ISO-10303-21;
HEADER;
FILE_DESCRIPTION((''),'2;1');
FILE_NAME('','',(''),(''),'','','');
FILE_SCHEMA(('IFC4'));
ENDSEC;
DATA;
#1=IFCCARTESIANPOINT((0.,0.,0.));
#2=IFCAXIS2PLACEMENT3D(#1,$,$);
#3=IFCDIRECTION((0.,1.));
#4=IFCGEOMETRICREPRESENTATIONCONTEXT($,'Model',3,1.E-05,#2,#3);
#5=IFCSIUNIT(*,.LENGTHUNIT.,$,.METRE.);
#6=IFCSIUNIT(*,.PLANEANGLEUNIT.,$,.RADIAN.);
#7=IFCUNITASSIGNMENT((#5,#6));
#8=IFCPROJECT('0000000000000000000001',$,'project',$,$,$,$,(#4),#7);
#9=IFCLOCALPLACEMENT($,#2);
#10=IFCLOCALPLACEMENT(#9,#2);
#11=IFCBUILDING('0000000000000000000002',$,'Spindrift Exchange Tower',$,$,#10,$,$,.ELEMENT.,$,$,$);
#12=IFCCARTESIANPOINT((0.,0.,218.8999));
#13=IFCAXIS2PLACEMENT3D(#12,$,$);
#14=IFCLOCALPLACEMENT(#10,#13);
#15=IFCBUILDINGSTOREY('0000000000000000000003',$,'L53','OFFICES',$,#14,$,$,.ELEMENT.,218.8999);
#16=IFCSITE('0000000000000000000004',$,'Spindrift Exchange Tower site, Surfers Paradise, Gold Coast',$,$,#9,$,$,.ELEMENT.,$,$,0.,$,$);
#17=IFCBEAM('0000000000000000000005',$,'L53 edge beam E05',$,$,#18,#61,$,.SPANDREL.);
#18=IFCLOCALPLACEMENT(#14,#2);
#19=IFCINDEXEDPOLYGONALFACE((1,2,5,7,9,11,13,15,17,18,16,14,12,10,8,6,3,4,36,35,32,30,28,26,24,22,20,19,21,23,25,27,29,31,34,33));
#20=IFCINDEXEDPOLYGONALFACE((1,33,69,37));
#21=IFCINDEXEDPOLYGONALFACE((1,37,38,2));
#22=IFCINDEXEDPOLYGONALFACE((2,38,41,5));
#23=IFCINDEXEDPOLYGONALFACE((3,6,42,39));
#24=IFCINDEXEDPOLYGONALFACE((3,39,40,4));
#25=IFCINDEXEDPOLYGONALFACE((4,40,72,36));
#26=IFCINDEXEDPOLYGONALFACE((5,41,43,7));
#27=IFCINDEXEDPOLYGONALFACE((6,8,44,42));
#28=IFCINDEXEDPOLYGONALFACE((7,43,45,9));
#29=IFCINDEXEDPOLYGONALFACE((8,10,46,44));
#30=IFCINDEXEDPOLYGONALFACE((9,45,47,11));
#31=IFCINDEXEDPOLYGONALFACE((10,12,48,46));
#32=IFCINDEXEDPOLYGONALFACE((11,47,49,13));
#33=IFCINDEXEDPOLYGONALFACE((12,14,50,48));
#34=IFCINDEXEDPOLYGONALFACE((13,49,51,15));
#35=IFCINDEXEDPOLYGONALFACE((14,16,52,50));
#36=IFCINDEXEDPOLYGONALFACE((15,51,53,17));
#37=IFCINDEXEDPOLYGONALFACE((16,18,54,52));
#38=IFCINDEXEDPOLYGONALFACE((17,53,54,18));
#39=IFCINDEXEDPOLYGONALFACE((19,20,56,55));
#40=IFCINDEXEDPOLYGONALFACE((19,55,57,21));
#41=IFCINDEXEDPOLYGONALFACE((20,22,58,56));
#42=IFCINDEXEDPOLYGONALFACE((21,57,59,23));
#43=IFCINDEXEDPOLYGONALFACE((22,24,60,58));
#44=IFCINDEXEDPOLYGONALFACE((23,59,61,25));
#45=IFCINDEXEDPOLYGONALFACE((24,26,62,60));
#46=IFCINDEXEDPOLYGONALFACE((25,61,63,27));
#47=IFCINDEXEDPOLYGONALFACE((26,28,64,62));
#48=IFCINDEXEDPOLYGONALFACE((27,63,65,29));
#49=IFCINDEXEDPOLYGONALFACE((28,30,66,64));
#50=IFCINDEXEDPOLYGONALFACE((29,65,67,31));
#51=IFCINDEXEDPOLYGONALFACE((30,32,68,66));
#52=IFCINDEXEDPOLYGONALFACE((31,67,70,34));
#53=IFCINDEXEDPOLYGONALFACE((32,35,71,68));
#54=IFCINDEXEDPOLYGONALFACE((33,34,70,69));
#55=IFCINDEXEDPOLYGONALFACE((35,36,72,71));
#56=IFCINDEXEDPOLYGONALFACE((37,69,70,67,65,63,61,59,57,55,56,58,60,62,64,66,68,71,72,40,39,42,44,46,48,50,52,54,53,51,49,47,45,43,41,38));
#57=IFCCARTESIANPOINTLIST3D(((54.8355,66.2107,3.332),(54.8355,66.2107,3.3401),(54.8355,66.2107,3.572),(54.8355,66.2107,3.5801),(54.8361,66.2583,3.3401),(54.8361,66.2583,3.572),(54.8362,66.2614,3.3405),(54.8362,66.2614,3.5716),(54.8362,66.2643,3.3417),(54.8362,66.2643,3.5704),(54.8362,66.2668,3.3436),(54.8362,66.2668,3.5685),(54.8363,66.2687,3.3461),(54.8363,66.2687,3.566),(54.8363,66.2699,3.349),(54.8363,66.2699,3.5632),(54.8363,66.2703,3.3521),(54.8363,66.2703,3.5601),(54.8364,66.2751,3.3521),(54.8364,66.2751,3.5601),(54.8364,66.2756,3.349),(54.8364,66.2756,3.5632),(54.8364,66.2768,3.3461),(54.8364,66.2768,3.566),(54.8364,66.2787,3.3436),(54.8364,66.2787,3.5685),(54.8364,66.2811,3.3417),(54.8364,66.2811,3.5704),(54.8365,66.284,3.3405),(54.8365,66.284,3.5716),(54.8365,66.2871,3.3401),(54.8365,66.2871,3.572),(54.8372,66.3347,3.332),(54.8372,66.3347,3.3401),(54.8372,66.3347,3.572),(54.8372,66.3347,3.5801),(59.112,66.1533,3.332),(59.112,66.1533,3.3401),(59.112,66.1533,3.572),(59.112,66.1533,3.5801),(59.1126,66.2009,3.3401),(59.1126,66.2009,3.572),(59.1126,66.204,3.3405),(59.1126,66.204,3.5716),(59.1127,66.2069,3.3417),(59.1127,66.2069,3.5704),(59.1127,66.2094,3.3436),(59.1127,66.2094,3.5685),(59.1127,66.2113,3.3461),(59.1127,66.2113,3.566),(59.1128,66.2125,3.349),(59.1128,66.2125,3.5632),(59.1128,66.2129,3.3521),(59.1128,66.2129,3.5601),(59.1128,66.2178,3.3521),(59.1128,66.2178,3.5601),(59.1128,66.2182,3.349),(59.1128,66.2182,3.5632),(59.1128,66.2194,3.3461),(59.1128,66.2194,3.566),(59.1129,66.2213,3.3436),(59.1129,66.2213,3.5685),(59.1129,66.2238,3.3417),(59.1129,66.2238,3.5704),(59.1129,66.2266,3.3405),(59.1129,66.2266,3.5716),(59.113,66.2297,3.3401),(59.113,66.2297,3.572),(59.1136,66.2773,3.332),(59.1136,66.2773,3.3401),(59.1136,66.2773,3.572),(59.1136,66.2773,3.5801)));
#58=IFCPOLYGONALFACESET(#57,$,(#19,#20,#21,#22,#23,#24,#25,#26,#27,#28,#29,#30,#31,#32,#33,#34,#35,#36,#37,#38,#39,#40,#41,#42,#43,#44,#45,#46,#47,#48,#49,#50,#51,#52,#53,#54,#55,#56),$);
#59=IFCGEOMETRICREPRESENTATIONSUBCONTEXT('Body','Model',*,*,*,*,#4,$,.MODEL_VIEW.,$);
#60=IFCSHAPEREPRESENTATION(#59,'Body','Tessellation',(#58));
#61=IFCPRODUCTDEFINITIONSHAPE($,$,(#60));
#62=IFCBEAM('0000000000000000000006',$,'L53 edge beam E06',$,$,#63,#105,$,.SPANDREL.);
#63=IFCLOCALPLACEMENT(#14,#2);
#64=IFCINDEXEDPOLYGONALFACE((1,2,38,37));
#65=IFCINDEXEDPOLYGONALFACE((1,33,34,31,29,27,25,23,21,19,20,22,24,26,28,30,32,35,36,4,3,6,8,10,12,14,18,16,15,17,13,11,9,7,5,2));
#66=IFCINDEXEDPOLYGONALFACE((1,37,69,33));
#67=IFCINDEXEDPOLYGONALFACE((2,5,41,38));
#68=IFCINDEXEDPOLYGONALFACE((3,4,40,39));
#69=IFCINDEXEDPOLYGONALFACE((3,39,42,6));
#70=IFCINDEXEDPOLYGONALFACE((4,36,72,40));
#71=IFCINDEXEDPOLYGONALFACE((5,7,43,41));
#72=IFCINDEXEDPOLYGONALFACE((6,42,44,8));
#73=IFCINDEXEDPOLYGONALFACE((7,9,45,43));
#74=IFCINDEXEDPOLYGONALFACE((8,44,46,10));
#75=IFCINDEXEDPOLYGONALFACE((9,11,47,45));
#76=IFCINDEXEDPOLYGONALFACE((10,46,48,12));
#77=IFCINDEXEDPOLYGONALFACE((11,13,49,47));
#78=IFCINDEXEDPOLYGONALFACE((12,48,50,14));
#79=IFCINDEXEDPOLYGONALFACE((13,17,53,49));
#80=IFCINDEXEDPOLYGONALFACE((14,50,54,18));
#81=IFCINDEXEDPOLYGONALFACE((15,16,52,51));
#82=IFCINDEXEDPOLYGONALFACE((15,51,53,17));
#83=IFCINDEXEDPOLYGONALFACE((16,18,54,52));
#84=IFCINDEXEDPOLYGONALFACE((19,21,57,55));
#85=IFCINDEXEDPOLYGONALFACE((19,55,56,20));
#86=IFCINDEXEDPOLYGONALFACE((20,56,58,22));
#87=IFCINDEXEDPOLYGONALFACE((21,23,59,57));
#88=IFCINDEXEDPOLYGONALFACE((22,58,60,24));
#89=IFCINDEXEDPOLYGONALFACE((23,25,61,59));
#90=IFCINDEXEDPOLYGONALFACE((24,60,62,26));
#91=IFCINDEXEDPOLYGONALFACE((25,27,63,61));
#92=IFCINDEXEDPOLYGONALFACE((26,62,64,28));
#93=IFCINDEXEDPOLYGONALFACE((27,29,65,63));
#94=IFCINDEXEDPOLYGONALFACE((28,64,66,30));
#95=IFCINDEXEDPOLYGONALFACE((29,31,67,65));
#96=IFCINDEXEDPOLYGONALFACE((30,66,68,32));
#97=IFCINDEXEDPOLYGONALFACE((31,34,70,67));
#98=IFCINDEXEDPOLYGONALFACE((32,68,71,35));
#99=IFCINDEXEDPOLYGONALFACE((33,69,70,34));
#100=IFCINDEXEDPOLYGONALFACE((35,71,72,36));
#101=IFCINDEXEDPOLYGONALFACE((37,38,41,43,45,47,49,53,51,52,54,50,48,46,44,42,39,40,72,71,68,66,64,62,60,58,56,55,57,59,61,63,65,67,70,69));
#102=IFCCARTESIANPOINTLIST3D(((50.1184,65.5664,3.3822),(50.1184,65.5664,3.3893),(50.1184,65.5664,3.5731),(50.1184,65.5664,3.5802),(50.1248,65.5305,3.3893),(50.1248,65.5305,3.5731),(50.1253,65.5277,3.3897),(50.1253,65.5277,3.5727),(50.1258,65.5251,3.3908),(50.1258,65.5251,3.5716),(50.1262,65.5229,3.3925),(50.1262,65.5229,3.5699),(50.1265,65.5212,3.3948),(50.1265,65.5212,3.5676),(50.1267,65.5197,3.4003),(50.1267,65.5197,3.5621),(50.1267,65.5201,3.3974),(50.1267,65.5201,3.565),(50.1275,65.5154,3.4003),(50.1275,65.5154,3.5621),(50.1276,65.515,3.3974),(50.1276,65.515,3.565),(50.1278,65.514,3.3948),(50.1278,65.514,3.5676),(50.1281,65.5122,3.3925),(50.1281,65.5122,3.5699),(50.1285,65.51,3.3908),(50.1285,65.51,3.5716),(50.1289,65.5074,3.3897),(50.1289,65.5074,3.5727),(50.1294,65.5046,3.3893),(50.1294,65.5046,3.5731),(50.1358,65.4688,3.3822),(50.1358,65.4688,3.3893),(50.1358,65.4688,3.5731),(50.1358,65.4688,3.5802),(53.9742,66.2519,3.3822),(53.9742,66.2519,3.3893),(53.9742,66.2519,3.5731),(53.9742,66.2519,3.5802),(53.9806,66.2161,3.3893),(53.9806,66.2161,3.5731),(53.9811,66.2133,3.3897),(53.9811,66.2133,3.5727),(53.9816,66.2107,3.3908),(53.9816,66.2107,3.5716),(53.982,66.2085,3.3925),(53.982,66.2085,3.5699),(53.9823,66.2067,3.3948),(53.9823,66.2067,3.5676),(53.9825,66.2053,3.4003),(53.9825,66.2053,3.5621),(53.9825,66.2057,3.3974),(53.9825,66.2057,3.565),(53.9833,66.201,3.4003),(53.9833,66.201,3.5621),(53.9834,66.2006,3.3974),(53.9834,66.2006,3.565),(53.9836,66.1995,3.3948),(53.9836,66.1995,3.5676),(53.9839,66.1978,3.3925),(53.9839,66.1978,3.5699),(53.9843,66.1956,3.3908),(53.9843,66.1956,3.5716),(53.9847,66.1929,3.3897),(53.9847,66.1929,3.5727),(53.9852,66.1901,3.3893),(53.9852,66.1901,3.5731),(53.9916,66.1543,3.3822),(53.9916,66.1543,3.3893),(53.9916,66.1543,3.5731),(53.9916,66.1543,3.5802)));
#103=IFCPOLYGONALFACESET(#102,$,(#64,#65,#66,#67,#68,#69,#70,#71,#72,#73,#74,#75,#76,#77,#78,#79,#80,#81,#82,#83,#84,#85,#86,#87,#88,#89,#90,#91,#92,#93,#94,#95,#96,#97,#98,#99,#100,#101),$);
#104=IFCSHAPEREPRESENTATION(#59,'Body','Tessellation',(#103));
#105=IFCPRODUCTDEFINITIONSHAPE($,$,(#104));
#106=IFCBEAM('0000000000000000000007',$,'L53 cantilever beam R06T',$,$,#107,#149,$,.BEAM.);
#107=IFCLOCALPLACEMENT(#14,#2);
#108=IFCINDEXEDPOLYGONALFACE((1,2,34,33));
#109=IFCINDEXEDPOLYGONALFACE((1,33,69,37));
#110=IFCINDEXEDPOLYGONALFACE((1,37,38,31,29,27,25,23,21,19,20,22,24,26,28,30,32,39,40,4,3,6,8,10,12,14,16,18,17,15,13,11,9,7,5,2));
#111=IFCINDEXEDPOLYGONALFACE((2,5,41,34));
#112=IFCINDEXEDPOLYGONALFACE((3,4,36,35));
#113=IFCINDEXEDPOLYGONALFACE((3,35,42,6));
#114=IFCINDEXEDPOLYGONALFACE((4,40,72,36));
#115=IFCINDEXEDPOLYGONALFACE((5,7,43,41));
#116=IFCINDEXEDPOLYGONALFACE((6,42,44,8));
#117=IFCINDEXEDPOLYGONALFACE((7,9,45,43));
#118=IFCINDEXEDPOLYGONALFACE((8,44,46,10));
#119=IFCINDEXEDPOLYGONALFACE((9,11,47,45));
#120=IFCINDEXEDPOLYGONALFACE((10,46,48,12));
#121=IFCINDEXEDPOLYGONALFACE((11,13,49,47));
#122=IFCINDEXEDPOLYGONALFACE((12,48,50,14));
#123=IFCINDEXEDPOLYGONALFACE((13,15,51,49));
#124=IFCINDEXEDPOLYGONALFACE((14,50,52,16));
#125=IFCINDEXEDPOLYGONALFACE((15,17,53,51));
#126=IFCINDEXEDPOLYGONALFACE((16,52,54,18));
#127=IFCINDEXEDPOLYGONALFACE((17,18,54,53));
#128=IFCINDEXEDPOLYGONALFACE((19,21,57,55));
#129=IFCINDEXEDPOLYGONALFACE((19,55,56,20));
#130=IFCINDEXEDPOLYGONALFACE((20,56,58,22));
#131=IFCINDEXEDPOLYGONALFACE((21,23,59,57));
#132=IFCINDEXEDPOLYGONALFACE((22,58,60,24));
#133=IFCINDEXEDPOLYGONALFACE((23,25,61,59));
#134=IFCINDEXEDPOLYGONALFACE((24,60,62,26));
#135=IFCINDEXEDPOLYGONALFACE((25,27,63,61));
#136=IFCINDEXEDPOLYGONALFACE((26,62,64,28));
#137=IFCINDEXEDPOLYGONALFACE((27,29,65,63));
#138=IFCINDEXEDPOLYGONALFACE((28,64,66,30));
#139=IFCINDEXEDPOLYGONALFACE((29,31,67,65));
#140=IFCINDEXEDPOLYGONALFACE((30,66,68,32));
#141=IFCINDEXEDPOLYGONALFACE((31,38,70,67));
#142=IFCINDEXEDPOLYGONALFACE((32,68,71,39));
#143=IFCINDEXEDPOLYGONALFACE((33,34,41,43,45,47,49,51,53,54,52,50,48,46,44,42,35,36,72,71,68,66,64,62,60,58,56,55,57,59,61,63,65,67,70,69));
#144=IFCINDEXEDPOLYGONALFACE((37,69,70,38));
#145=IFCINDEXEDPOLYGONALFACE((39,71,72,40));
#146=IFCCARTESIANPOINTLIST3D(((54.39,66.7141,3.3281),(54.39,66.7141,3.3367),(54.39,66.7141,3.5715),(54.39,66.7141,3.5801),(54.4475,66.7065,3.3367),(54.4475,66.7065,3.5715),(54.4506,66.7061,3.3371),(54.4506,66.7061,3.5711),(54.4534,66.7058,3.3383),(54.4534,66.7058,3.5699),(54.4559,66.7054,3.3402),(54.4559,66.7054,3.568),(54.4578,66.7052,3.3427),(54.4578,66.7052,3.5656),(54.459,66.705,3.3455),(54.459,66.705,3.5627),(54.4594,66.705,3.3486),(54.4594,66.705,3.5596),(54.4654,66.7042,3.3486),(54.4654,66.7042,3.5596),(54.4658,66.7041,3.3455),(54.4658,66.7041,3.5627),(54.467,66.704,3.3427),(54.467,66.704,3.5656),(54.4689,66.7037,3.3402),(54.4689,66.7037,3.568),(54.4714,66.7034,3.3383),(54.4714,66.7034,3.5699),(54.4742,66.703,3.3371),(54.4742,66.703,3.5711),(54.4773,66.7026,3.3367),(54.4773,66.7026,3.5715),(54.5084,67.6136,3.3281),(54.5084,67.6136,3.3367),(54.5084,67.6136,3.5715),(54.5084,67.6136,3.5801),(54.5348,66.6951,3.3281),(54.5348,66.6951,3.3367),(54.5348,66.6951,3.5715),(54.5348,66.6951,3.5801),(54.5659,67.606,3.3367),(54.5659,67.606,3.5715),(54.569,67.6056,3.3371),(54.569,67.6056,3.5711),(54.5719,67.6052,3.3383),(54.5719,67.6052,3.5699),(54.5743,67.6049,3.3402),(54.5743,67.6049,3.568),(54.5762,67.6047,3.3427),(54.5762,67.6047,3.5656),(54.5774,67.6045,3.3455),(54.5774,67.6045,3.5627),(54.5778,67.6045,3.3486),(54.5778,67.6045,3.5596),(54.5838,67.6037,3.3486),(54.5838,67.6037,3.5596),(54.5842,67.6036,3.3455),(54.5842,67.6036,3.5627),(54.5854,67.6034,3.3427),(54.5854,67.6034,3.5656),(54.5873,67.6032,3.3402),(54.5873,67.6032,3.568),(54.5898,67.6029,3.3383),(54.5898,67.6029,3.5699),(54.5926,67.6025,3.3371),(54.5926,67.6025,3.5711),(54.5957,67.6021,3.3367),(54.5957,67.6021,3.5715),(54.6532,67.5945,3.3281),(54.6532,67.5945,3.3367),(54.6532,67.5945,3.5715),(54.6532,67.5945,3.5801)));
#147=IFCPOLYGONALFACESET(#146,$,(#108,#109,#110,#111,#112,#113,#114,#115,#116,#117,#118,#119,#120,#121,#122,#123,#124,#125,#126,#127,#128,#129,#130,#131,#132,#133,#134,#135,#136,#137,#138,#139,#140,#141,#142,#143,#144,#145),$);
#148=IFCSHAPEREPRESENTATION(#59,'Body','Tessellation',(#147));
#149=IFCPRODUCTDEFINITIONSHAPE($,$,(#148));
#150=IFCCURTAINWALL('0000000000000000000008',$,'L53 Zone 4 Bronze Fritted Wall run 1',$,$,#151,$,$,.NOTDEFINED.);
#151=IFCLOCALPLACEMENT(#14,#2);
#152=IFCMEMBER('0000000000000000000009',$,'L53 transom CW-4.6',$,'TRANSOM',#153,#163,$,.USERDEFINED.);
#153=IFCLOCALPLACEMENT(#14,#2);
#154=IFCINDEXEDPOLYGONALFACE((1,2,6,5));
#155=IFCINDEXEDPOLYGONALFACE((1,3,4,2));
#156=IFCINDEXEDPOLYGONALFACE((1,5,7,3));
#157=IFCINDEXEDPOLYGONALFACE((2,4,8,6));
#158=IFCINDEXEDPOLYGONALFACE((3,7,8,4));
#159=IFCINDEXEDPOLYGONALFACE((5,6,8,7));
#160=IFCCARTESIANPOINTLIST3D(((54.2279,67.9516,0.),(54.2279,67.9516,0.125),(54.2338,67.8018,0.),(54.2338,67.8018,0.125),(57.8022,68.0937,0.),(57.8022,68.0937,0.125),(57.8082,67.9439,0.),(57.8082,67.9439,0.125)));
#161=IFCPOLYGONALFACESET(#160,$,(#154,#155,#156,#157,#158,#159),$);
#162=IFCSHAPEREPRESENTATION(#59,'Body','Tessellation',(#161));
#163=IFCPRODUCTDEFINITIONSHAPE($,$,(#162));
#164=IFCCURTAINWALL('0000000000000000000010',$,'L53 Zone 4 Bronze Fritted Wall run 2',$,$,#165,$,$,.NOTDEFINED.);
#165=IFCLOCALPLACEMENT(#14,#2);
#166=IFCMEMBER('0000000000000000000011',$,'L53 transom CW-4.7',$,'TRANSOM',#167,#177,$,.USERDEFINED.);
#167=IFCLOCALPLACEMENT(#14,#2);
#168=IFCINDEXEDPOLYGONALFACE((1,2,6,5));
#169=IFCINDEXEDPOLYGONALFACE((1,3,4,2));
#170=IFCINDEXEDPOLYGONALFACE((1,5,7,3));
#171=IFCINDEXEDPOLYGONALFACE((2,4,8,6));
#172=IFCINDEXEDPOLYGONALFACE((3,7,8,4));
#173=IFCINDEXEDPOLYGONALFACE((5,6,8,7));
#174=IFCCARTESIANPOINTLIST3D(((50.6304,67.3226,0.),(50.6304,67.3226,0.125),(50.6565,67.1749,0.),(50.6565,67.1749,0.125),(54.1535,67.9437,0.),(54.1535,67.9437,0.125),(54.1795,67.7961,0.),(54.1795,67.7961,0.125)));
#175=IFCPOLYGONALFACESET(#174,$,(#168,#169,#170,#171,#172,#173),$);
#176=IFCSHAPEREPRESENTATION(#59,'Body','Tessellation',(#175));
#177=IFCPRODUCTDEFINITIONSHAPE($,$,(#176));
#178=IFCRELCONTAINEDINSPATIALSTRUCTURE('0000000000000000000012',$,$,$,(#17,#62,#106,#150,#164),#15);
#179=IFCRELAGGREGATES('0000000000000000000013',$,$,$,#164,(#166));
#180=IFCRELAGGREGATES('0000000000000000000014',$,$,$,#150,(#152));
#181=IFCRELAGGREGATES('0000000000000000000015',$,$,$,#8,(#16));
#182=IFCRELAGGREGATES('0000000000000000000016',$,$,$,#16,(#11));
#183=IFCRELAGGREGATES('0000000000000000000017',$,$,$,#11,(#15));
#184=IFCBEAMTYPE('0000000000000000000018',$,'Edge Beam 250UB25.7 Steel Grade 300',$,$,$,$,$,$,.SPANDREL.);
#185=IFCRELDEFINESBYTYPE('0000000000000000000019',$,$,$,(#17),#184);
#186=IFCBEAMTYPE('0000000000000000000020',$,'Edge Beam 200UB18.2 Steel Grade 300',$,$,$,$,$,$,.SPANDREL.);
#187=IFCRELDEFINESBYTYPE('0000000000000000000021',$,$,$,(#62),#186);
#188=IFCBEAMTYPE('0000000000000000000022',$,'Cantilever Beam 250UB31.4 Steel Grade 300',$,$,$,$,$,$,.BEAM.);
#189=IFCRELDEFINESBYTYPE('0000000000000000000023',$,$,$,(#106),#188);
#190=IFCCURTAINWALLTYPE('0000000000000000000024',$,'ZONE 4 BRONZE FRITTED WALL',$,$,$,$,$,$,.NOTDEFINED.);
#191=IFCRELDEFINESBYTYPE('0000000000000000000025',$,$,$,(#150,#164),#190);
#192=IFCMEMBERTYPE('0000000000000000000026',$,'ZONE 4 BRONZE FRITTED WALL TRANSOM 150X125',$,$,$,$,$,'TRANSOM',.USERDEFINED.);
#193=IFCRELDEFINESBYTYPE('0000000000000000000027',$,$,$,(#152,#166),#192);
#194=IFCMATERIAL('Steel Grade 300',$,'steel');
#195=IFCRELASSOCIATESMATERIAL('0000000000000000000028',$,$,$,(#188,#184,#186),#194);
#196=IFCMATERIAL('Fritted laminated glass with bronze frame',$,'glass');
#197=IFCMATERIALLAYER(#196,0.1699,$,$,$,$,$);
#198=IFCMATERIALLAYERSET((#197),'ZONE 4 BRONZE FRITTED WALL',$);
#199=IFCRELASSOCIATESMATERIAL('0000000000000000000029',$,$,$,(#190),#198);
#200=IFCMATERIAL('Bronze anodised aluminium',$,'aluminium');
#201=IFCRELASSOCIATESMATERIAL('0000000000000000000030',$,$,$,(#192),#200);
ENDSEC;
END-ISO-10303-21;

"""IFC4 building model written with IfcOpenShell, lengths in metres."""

from ifc_helpers import new_model, si_unit, direction, frame, origin, origin_2d, place, context, subcontext, project, spatial, rectangle, i_section, extrude, source, transform, mapped, material, layer, layer_set, material_profile, profile_set, type_object, element, aggregate, save


model = new_model("IFC4")

# Units and contexts
model_context = context("Model", 3, precision=1e-05, world=origin(), true_north=direction((0.0, 1.0)))
body_context = subcontext(model_context, "Body", "Model", "MODEL_VIEW")
ifc_project = project(units=[si_unit("LENGTHUNIT", "METRE"), si_unit("PLANEANGLEUNIT", "RADIAN")], contexts=[model_context])

# Site, building, storey
site_placement = place(None, origin())
site = spatial("IfcSite", under=ifc_project, at=site_placement, Name="Spindrift Exchange Tower site, Surfers Paradise, Gold Coast", CompositionType="ELEMENT", RefElevation=0.0)
building_placement = place(site_placement, origin())
building = spatial("IfcBuilding", under=site, at=building_placement, Name="Spindrift Exchange Tower", CompositionType="ELEMENT")
storey_placement = place(building_placement, frame((0.0, 0.0, 218.8999)))
storey = spatial("IfcBuildingStorey", under=building, at=storey_placement, Name="L53", Description="OFFICES", CompositionType="ELEMENT", Elevation=218.8999)

# Beams
ifc_material_1 = material(Name="Steel Grade 300", Category="steel")
ifc_material_profile_1 = material_profile(ifc_material_1, i_section(OverallWidth=0.146, OverallDepth=0.252, WebThickness=0.0061, FlangeThickness=0.0085, FilletRadius=0.012, at=origin_2d()), Name="250UB31.4")
ifc_profile_set_1 = profile_set([ifc_material_profile_1], Name="Steel Grade 300")
beam_type_1 = type_object("IfcBeamType", Name="Cantilever Beam 250UB31.4 Steel Grade 300", PredefinedType="BEAM", material=ifc_profile_set_1)
ifc_material_profile_2 = material_profile(ifc_material_1, i_section(OverallWidth=0.124, OverallDepth=0.248, WebThickness=0.0049, FlangeThickness=0.0081, FilletRadius=0.012, at=origin_2d()), Name="250UB25.7")
ifc_profile_set_2 = profile_set([ifc_material_profile_2], Name="Steel Grade 300")
beam_type_2 = type_object("IfcBeamType", Name="Edge Beam 250UB25.7 Steel Grade 300", PredefinedType="SPANDREL", material=ifc_profile_set_2)
shared_shape_1 = source(origin(), body_context, "Body", "SweptSolid", [
    extrude(i_section(OverallWidth=0.124, OverallDepth=0.248, WebThickness=0.0049, FlangeThickness=0.0081, FilletRadius=0.012, at=origin_2d()), origin(), (0.0, 0.0, 1.0), 4.2769),
])
beam_1_placement = place(storey_placement, frame((59.1128, 66.2153, 3.4561), z_axis=(-0.99991, 0.013415, 0.0), x_axis=(-0.013415, -0.99991, 0.0)))
element("IfcBeam", 1, at=beam_1_placement, inside=storey, type_object=beam_type_2, Name="L53 edge beam E05", PredefinedType="SPANDREL", context=body_context, shape_type="MappedRepresentation", body=[
    mapped(shared_shape_1, transform((0.0, 0.0, 0.0), scale=1.0)),
])
ifc_material_profile_3 = material_profile(ifc_material_1, i_section(OverallWidth=0.0991, OverallDepth=0.198, WebThickness=0.0044, FlangeThickness=0.0071, FilletRadius=0.011, at=origin_2d()), Name="200UB18.2")
ifc_profile_set_3 = profile_set([ifc_material_profile_3], Name="Steel Grade 300")
beam_type_3 = type_object("IfcBeamType", Name="Edge Beam 200UB18.2 Steel Grade 300", PredefinedType="SPANDREL", material=ifc_profile_set_3)
shared_shape_2 = source(origin(), body_context, "Body", "SweptSolid", [
    extrude(i_section(OverallWidth=0.0991, OverallDepth=0.198, WebThickness=0.0044, FlangeThickness=0.0071, FilletRadius=0.011, at=origin_2d()), origin(), (0.0, 0.0, 1.0), 3.9163),
])
beam_2_placement = place(storey_placement, frame((53.9829, 66.2031, 3.4812), z_axis=(-0.984559, -0.175055, 0.0), x_axis=(0.175055, -0.984559, 0.0)))
element("IfcBeam", 2, at=beam_2_placement, inside=storey, type_object=beam_type_3, Name="L53 edge beam E06", PredefinedType="SPANDREL", context=body_context, shape_type="MappedRepresentation", body=[
    mapped(shared_shape_2, transform((0.0, 0.0, 0.0), scale=1.0)),
])
shared_shape_3 = source(origin(), body_context, "Body", "SweptSolid", [
    extrude(i_section(OverallWidth=0.146, OverallDepth=0.252, WebThickness=0.0061, FlangeThickness=0.0085, FilletRadius=0.012, at=origin_2d()), origin(), (0.0, 0.0, 1.0), 0.9072),
])
beam_3_placement = place(storey_placement, frame((54.4624, 66.7046, 3.4541), z_axis=(0.130524, 0.991445, 0.0), x_axis=(-0.991445, 0.130524, 0.0)))
element("IfcBeam", 3, at=beam_3_placement, inside=storey, type_object=beam_type_1, Name="L53 cantilever beam R06T", PredefinedType="BEAM", context=body_context, shape_type="MappedRepresentation", body=[
    mapped(shared_shape_3, transform((0.0, 0.0, 0.0), scale=1.0)),
])

# Curtain walls, members
ifc_material_2 = material(Name="Fritted laminated glass with bronze frame", Category="glass")
ifc_layer_1 = layer(ifc_material_2, 0.1699)
ifc_layer_set_1 = layer_set([ifc_layer_1], Name="ZONE 4 BRONZE FRITTED WALL")
curtain_wall_type = type_object("IfcCurtainWallType", Name="ZONE 4 BRONZE FRITTED WALL", PredefinedType="NOTDEFINED", material=ifc_layer_set_1)
curtain_wall_1_placement = place(storey_placement, origin())
curtain_wall_1 = element("IfcCurtainWall", 4, at=curtain_wall_1_placement, inside=storey, type_object=curtain_wall_type, Name="L53 Zone 4 Bronze Fritted Wall run 1", PredefinedType="NOTDEFINED")
ifc_material_3 = material(Name="Bronze anodised aluminium", Category="aluminium")
ifc_material_profile_4 = material_profile(ifc_material_3, rectangle(XDim=0.1499, YDim=0.125, at=origin_2d()), Name="ZONE 4 BRONZE FRITTED WALL TRANSOM 150X125")
ifc_profile_set_4 = profile_set([ifc_material_profile_4], Name="Bronze anodised aluminium")
member_type_1 = type_object("IfcMemberType", Name="ZONE 4 BRONZE FRITTED WALL TRANSOM 150X125", ElementType="TRANSOM", PredefinedType="USERDEFINED", material=ifc_profile_set_4)
shared_shape_4 = source(origin(), body_context, "Body", "SweptSolid", [
    extrude(rectangle(XDim=0.1499, YDim=0.125, at=origin_2d()), origin(), (0.0, 0.0, 1.0), 3.5771),
])
member_1_placement = place(storey_placement, frame((57.8052, 68.0188, 0.0625), z_axis=(-0.999211, -0.039723, 0.0), x_axis=(0.039723, -0.999211, 0.0)))
member_1 = element("IfcMember", 5, at=member_1_placement, type_object=member_type_1, Name="L53 transom CW-4.6", ObjectType="TRANSOM", PredefinedType="USERDEFINED", context=body_context, shape_type="MappedRepresentation", body=[
    mapped(shared_shape_4, transform((0.0, 0.0, 0.0), scale=1.0)),
])
curtain_wall_2_placement = place(storey_placement, origin())
curtain_wall_2 = element("IfcCurtainWall", 6, at=curtain_wall_2_placement, inside=storey, type_object=curtain_wall_type, Name="L53 Zone 4 Bronze Fritted Wall run 2", PredefinedType="NOTDEFINED")
shared_shape_5 = source(origin(), body_context, "Body", "SweptSolid", [
    extrude(rectangle(XDim=0.1499, YDim=0.125, at=origin_2d()), origin(), (0.0, 0.0, 1.0), 3.5774),
])
member_2_placement = place(storey_placement, frame((54.1665, 67.8699, 0.0625), z_axis=(-0.984812, -0.173622, 0.0), x_axis=(0.173622, -0.984812, 0.0)))
member_2 = element("IfcMember", 7, at=member_2_placement, type_object=member_type_1, Name="L53 transom CW-4.7", ObjectType="TRANSOM", PredefinedType="USERDEFINED", context=body_context, shape_type="MappedRepresentation", body=[
    mapped(shared_shape_5, transform((0.0, 0.0, 0.0), scale=1.0)),
])

aggregate(curtain_wall_2, [member_2])
aggregate(curtain_wall_1, [member_1])

save(model, "model.ifc")
